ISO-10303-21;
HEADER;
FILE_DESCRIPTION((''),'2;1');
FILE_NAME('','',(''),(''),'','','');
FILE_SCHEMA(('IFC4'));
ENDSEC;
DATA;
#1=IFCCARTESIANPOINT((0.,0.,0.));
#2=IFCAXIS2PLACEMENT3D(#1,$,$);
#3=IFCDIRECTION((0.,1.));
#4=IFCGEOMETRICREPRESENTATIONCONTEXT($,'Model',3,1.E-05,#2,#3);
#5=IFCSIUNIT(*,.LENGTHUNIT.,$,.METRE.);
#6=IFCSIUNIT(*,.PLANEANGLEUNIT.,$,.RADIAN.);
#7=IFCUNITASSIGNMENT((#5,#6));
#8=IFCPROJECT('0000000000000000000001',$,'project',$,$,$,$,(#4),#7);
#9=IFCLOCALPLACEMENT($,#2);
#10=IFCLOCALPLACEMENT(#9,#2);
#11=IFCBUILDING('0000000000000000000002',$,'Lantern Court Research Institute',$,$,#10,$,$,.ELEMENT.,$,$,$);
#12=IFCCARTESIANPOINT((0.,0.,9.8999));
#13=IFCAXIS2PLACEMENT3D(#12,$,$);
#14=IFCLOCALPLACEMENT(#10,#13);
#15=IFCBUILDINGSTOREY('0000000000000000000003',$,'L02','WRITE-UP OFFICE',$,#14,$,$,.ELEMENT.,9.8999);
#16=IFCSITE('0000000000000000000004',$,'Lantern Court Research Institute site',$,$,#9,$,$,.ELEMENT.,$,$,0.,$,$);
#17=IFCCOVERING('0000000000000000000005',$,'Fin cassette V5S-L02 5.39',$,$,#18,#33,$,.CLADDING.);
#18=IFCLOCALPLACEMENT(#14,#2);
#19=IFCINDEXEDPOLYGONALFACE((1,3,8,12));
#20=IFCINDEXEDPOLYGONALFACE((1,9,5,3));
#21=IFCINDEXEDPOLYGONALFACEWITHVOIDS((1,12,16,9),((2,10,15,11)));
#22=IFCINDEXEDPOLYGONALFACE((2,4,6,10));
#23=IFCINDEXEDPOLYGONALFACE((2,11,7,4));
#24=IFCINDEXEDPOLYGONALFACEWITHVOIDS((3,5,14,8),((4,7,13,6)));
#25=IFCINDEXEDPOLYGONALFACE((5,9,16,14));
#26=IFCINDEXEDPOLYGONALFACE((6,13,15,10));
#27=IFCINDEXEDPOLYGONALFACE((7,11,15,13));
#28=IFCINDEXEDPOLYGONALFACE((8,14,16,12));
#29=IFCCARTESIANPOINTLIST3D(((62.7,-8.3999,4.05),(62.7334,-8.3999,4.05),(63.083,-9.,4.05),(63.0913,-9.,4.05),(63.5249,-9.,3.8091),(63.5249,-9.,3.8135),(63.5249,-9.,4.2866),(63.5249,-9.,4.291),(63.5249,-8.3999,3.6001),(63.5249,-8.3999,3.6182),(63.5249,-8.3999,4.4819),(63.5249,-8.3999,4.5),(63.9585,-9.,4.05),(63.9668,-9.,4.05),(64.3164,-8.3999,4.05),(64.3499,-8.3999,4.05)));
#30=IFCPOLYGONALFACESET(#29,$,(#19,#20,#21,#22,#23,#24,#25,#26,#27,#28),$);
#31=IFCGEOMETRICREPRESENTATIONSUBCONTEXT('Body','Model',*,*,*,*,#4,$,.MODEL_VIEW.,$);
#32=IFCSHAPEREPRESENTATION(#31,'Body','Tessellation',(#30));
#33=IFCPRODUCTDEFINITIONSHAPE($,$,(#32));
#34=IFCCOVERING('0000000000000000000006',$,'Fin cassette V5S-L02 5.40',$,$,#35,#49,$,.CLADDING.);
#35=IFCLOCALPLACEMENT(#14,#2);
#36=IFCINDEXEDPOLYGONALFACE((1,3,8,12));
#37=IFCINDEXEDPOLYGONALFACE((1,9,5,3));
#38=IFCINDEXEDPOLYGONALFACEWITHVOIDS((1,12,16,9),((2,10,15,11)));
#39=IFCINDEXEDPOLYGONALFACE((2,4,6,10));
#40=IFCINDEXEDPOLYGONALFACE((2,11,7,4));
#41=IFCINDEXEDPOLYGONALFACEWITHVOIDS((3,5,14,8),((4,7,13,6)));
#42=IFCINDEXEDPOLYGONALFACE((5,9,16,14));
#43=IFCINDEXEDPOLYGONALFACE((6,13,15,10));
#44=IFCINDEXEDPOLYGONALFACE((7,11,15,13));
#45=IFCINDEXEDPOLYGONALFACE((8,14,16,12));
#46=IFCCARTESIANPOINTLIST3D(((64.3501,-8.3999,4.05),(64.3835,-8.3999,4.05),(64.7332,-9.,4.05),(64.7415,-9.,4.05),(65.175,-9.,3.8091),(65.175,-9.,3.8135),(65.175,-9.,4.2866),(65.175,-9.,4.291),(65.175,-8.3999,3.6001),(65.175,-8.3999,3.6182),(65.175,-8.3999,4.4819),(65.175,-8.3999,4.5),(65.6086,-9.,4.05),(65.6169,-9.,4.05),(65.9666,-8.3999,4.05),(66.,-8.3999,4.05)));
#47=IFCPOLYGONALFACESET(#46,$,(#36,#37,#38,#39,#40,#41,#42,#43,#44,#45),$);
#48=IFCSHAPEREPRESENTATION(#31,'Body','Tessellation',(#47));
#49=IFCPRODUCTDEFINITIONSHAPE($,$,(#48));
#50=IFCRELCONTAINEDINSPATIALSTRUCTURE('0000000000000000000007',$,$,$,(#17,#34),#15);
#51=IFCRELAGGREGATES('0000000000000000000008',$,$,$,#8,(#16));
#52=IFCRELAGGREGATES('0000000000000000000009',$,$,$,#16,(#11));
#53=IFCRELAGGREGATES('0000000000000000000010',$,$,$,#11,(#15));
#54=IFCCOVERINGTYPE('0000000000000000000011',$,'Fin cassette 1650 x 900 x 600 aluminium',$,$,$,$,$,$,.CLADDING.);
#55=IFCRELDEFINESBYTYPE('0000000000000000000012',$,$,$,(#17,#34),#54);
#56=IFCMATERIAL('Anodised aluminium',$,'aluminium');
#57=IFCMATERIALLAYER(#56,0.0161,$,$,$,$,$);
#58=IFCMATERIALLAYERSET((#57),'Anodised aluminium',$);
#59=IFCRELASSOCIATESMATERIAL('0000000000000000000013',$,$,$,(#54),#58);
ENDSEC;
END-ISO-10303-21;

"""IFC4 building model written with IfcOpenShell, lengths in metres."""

from ifc_helpers import new_model, entity, si_unit, direction, frame, origin, place, context, subcontext, project, spatial, material, layer, layer_set, type_object, element, save


model = new_model("IFC4")

# Units and contexts
model_context = context("Model", 3, precision=1e-05, world=origin(), true_north=direction((0.0, 1.0)))
body_context = subcontext(model_context, "Body", "Model", "MODEL_VIEW")
ifc_project = project(units=[si_unit("LENGTHUNIT", "METRE"), si_unit("PLANEANGLEUNIT", "RADIAN")], contexts=[model_context])

# Site, building, storey
site_placement = place(None, origin())
site = spatial("IfcSite", under=ifc_project, at=site_placement, Name="Lantern Court Research Institute site", CompositionType="ELEMENT", RefElevation=0.0)
building_placement = place(site_placement, origin())
building = spatial("IfcBuilding", under=site, at=building_placement, Name="Lantern Court Research Institute", CompositionType="ELEMENT")
storey_placement = place(building_placement, frame((0.0, 0.0, 9.8999)))
storey = spatial("IfcBuildingStorey", under=building, at=storey_placement, Name="L02", Description="WRITE-UP OFFICE", CompositionType="ELEMENT", Elevation=9.8999)

# Coverings
ifc_material_1 = material(Name="Anodised aluminium", Category="aluminium")
ifc_layer_1 = layer(ifc_material_1, 0.0161)
ifc_layer_set_1 = layer_set([ifc_layer_1], Name="Anodised aluminium")
covering_type = type_object("IfcCoveringType", Name="Fin cassette 1650 x 900 x 600 aluminium", PredefinedType="CLADDING", material=ifc_layer_set_1)
covering_1_placement = place(storey_placement, frame((63.5249, -8.3999, 4.05), z_axis=(0.0, -1.0, 0.0), x_axis=(1.0, 0.0, 0.0)))
cartesian_point_1 = entity("IfcCartesianPoint", [0.825, 0.0])
cartesian_point_2 = entity("IfcCartesianPoint", [0.7915, 0.0])
cartesian_point_3 = entity("IfcCartesianPoint", [0.4419, 0.0])
cartesian_point_4 = entity("IfcCartesianPoint", [0.4336, 0.0])
element("IfcCovering", 1, at=covering_1_placement, inside=storey, type_object=covering_type, Name="Fin cassette V5S-L02 5.39", PredefinedType="CLADDING", context=body_context, shape_type="SweptSolid", body=[
    entity("IfcExtrudedAreaSolidTapered", entity("IfcArbitraryProfileDefWithVoids", "AREA", None, entity("IfcPolyline", [cartesian_point_1, entity("IfcCartesianPoint", [0.0, 0.45]), entity("IfcCartesianPoint", [-0.825, 0.0]), entity("IfcCartesianPoint", [0.0, -0.45]), cartesian_point_1]), [entity("IfcPolyline", [cartesian_point_2, entity("IfcCartesianPoint", [0.0, 0.4319]), entity("IfcCartesianPoint", [-0.7915, 0.0]), entity("IfcCartesianPoint", [0.0, -0.4319]), cartesian_point_2])]), entity("IfcAxis2Placement3D", entity("IfcCartesianPoint", [0.0, 0.0, 0.0])), entity("IfcDirection", [0.0, 0.0, 1.0]), 0.6001, entity("IfcArbitraryProfileDefWithVoids", "AREA", None, entity("IfcPolyline", [cartesian_point_3, entity("IfcCartesianPoint", [0.0, 0.241]), entity("IfcCartesianPoint", [-0.4419, 0.0]), entity("IfcCartesianPoint", [0.0, -0.241]), cartesian_point_3]), [entity("IfcPolyline", [cartesian_point_4, entity("IfcCartesianPoint", [0.0, 0.2366]), entity("IfcCartesianPoint", [-0.4336, 0.0]), entity("IfcCartesianPoint", [0.0, -0.2366]), cartesian_point_4])])),
])
covering_2_placement = place(storey_placement, frame((65.175, -8.3999, 4.05), z_axis=(0.0, -1.0, 0.0), x_axis=(1.0, 0.0, 0.0)))
cartesian_point_5 = entity("IfcCartesianPoint", [0.825, 0.0])
cartesian_point_6 = entity("IfcCartesianPoint", [0.7915, 0.0])
cartesian_point_7 = entity("IfcCartesianPoint", [0.4419, 0.0])
cartesian_point_8 = entity("IfcCartesianPoint", [0.4336, 0.0])
element("IfcCovering", 2, at=covering_2_placement, inside=storey, type_object=covering_type, Name="Fin cassette V5S-L02 5.40", PredefinedType="CLADDING", context=body_context, shape_type="SweptSolid", body=[
    entity("IfcExtrudedAreaSolidTapered", entity("IfcArbitraryProfileDefWithVoids", "AREA", None, entity("IfcPolyline", [cartesian_point_5, entity("IfcCartesianPoint", [0.0, 0.45]), entity("IfcCartesianPoint", [-0.825, 0.0]), entity("IfcCartesianPoint", [0.0, -0.45]), cartesian_point_5]), [entity("IfcPolyline", [cartesian_point_6, entity("IfcCartesianPoint", [0.0, 0.4319]), entity("IfcCartesianPoint", [-0.7915, 0.0]), entity("IfcCartesianPoint", [0.0, -0.4319]), cartesian_point_6])]), entity("IfcAxis2Placement3D", entity("IfcCartesianPoint", [0.0, 0.0, 0.0])), entity("IfcDirection", [0.0, 0.0, 1.0]), 0.6001, entity("IfcArbitraryProfileDefWithVoids", "AREA", None, entity("IfcPolyline", [cartesian_point_7, entity("IfcCartesianPoint", [0.0, 0.241]), entity("IfcCartesianPoint", [-0.4419, 0.0]), entity("IfcCartesianPoint", [0.0, -0.241]), cartesian_point_7]), [entity("IfcPolyline", [cartesian_point_8, entity("IfcCartesianPoint", [0.0, 0.2366]), entity("IfcCartesianPoint", [-0.4336, 0.0]), entity("IfcCartesianPoint", [0.0, -0.2366]), cartesian_point_8])])),
])

save(model, "model.ifc")
